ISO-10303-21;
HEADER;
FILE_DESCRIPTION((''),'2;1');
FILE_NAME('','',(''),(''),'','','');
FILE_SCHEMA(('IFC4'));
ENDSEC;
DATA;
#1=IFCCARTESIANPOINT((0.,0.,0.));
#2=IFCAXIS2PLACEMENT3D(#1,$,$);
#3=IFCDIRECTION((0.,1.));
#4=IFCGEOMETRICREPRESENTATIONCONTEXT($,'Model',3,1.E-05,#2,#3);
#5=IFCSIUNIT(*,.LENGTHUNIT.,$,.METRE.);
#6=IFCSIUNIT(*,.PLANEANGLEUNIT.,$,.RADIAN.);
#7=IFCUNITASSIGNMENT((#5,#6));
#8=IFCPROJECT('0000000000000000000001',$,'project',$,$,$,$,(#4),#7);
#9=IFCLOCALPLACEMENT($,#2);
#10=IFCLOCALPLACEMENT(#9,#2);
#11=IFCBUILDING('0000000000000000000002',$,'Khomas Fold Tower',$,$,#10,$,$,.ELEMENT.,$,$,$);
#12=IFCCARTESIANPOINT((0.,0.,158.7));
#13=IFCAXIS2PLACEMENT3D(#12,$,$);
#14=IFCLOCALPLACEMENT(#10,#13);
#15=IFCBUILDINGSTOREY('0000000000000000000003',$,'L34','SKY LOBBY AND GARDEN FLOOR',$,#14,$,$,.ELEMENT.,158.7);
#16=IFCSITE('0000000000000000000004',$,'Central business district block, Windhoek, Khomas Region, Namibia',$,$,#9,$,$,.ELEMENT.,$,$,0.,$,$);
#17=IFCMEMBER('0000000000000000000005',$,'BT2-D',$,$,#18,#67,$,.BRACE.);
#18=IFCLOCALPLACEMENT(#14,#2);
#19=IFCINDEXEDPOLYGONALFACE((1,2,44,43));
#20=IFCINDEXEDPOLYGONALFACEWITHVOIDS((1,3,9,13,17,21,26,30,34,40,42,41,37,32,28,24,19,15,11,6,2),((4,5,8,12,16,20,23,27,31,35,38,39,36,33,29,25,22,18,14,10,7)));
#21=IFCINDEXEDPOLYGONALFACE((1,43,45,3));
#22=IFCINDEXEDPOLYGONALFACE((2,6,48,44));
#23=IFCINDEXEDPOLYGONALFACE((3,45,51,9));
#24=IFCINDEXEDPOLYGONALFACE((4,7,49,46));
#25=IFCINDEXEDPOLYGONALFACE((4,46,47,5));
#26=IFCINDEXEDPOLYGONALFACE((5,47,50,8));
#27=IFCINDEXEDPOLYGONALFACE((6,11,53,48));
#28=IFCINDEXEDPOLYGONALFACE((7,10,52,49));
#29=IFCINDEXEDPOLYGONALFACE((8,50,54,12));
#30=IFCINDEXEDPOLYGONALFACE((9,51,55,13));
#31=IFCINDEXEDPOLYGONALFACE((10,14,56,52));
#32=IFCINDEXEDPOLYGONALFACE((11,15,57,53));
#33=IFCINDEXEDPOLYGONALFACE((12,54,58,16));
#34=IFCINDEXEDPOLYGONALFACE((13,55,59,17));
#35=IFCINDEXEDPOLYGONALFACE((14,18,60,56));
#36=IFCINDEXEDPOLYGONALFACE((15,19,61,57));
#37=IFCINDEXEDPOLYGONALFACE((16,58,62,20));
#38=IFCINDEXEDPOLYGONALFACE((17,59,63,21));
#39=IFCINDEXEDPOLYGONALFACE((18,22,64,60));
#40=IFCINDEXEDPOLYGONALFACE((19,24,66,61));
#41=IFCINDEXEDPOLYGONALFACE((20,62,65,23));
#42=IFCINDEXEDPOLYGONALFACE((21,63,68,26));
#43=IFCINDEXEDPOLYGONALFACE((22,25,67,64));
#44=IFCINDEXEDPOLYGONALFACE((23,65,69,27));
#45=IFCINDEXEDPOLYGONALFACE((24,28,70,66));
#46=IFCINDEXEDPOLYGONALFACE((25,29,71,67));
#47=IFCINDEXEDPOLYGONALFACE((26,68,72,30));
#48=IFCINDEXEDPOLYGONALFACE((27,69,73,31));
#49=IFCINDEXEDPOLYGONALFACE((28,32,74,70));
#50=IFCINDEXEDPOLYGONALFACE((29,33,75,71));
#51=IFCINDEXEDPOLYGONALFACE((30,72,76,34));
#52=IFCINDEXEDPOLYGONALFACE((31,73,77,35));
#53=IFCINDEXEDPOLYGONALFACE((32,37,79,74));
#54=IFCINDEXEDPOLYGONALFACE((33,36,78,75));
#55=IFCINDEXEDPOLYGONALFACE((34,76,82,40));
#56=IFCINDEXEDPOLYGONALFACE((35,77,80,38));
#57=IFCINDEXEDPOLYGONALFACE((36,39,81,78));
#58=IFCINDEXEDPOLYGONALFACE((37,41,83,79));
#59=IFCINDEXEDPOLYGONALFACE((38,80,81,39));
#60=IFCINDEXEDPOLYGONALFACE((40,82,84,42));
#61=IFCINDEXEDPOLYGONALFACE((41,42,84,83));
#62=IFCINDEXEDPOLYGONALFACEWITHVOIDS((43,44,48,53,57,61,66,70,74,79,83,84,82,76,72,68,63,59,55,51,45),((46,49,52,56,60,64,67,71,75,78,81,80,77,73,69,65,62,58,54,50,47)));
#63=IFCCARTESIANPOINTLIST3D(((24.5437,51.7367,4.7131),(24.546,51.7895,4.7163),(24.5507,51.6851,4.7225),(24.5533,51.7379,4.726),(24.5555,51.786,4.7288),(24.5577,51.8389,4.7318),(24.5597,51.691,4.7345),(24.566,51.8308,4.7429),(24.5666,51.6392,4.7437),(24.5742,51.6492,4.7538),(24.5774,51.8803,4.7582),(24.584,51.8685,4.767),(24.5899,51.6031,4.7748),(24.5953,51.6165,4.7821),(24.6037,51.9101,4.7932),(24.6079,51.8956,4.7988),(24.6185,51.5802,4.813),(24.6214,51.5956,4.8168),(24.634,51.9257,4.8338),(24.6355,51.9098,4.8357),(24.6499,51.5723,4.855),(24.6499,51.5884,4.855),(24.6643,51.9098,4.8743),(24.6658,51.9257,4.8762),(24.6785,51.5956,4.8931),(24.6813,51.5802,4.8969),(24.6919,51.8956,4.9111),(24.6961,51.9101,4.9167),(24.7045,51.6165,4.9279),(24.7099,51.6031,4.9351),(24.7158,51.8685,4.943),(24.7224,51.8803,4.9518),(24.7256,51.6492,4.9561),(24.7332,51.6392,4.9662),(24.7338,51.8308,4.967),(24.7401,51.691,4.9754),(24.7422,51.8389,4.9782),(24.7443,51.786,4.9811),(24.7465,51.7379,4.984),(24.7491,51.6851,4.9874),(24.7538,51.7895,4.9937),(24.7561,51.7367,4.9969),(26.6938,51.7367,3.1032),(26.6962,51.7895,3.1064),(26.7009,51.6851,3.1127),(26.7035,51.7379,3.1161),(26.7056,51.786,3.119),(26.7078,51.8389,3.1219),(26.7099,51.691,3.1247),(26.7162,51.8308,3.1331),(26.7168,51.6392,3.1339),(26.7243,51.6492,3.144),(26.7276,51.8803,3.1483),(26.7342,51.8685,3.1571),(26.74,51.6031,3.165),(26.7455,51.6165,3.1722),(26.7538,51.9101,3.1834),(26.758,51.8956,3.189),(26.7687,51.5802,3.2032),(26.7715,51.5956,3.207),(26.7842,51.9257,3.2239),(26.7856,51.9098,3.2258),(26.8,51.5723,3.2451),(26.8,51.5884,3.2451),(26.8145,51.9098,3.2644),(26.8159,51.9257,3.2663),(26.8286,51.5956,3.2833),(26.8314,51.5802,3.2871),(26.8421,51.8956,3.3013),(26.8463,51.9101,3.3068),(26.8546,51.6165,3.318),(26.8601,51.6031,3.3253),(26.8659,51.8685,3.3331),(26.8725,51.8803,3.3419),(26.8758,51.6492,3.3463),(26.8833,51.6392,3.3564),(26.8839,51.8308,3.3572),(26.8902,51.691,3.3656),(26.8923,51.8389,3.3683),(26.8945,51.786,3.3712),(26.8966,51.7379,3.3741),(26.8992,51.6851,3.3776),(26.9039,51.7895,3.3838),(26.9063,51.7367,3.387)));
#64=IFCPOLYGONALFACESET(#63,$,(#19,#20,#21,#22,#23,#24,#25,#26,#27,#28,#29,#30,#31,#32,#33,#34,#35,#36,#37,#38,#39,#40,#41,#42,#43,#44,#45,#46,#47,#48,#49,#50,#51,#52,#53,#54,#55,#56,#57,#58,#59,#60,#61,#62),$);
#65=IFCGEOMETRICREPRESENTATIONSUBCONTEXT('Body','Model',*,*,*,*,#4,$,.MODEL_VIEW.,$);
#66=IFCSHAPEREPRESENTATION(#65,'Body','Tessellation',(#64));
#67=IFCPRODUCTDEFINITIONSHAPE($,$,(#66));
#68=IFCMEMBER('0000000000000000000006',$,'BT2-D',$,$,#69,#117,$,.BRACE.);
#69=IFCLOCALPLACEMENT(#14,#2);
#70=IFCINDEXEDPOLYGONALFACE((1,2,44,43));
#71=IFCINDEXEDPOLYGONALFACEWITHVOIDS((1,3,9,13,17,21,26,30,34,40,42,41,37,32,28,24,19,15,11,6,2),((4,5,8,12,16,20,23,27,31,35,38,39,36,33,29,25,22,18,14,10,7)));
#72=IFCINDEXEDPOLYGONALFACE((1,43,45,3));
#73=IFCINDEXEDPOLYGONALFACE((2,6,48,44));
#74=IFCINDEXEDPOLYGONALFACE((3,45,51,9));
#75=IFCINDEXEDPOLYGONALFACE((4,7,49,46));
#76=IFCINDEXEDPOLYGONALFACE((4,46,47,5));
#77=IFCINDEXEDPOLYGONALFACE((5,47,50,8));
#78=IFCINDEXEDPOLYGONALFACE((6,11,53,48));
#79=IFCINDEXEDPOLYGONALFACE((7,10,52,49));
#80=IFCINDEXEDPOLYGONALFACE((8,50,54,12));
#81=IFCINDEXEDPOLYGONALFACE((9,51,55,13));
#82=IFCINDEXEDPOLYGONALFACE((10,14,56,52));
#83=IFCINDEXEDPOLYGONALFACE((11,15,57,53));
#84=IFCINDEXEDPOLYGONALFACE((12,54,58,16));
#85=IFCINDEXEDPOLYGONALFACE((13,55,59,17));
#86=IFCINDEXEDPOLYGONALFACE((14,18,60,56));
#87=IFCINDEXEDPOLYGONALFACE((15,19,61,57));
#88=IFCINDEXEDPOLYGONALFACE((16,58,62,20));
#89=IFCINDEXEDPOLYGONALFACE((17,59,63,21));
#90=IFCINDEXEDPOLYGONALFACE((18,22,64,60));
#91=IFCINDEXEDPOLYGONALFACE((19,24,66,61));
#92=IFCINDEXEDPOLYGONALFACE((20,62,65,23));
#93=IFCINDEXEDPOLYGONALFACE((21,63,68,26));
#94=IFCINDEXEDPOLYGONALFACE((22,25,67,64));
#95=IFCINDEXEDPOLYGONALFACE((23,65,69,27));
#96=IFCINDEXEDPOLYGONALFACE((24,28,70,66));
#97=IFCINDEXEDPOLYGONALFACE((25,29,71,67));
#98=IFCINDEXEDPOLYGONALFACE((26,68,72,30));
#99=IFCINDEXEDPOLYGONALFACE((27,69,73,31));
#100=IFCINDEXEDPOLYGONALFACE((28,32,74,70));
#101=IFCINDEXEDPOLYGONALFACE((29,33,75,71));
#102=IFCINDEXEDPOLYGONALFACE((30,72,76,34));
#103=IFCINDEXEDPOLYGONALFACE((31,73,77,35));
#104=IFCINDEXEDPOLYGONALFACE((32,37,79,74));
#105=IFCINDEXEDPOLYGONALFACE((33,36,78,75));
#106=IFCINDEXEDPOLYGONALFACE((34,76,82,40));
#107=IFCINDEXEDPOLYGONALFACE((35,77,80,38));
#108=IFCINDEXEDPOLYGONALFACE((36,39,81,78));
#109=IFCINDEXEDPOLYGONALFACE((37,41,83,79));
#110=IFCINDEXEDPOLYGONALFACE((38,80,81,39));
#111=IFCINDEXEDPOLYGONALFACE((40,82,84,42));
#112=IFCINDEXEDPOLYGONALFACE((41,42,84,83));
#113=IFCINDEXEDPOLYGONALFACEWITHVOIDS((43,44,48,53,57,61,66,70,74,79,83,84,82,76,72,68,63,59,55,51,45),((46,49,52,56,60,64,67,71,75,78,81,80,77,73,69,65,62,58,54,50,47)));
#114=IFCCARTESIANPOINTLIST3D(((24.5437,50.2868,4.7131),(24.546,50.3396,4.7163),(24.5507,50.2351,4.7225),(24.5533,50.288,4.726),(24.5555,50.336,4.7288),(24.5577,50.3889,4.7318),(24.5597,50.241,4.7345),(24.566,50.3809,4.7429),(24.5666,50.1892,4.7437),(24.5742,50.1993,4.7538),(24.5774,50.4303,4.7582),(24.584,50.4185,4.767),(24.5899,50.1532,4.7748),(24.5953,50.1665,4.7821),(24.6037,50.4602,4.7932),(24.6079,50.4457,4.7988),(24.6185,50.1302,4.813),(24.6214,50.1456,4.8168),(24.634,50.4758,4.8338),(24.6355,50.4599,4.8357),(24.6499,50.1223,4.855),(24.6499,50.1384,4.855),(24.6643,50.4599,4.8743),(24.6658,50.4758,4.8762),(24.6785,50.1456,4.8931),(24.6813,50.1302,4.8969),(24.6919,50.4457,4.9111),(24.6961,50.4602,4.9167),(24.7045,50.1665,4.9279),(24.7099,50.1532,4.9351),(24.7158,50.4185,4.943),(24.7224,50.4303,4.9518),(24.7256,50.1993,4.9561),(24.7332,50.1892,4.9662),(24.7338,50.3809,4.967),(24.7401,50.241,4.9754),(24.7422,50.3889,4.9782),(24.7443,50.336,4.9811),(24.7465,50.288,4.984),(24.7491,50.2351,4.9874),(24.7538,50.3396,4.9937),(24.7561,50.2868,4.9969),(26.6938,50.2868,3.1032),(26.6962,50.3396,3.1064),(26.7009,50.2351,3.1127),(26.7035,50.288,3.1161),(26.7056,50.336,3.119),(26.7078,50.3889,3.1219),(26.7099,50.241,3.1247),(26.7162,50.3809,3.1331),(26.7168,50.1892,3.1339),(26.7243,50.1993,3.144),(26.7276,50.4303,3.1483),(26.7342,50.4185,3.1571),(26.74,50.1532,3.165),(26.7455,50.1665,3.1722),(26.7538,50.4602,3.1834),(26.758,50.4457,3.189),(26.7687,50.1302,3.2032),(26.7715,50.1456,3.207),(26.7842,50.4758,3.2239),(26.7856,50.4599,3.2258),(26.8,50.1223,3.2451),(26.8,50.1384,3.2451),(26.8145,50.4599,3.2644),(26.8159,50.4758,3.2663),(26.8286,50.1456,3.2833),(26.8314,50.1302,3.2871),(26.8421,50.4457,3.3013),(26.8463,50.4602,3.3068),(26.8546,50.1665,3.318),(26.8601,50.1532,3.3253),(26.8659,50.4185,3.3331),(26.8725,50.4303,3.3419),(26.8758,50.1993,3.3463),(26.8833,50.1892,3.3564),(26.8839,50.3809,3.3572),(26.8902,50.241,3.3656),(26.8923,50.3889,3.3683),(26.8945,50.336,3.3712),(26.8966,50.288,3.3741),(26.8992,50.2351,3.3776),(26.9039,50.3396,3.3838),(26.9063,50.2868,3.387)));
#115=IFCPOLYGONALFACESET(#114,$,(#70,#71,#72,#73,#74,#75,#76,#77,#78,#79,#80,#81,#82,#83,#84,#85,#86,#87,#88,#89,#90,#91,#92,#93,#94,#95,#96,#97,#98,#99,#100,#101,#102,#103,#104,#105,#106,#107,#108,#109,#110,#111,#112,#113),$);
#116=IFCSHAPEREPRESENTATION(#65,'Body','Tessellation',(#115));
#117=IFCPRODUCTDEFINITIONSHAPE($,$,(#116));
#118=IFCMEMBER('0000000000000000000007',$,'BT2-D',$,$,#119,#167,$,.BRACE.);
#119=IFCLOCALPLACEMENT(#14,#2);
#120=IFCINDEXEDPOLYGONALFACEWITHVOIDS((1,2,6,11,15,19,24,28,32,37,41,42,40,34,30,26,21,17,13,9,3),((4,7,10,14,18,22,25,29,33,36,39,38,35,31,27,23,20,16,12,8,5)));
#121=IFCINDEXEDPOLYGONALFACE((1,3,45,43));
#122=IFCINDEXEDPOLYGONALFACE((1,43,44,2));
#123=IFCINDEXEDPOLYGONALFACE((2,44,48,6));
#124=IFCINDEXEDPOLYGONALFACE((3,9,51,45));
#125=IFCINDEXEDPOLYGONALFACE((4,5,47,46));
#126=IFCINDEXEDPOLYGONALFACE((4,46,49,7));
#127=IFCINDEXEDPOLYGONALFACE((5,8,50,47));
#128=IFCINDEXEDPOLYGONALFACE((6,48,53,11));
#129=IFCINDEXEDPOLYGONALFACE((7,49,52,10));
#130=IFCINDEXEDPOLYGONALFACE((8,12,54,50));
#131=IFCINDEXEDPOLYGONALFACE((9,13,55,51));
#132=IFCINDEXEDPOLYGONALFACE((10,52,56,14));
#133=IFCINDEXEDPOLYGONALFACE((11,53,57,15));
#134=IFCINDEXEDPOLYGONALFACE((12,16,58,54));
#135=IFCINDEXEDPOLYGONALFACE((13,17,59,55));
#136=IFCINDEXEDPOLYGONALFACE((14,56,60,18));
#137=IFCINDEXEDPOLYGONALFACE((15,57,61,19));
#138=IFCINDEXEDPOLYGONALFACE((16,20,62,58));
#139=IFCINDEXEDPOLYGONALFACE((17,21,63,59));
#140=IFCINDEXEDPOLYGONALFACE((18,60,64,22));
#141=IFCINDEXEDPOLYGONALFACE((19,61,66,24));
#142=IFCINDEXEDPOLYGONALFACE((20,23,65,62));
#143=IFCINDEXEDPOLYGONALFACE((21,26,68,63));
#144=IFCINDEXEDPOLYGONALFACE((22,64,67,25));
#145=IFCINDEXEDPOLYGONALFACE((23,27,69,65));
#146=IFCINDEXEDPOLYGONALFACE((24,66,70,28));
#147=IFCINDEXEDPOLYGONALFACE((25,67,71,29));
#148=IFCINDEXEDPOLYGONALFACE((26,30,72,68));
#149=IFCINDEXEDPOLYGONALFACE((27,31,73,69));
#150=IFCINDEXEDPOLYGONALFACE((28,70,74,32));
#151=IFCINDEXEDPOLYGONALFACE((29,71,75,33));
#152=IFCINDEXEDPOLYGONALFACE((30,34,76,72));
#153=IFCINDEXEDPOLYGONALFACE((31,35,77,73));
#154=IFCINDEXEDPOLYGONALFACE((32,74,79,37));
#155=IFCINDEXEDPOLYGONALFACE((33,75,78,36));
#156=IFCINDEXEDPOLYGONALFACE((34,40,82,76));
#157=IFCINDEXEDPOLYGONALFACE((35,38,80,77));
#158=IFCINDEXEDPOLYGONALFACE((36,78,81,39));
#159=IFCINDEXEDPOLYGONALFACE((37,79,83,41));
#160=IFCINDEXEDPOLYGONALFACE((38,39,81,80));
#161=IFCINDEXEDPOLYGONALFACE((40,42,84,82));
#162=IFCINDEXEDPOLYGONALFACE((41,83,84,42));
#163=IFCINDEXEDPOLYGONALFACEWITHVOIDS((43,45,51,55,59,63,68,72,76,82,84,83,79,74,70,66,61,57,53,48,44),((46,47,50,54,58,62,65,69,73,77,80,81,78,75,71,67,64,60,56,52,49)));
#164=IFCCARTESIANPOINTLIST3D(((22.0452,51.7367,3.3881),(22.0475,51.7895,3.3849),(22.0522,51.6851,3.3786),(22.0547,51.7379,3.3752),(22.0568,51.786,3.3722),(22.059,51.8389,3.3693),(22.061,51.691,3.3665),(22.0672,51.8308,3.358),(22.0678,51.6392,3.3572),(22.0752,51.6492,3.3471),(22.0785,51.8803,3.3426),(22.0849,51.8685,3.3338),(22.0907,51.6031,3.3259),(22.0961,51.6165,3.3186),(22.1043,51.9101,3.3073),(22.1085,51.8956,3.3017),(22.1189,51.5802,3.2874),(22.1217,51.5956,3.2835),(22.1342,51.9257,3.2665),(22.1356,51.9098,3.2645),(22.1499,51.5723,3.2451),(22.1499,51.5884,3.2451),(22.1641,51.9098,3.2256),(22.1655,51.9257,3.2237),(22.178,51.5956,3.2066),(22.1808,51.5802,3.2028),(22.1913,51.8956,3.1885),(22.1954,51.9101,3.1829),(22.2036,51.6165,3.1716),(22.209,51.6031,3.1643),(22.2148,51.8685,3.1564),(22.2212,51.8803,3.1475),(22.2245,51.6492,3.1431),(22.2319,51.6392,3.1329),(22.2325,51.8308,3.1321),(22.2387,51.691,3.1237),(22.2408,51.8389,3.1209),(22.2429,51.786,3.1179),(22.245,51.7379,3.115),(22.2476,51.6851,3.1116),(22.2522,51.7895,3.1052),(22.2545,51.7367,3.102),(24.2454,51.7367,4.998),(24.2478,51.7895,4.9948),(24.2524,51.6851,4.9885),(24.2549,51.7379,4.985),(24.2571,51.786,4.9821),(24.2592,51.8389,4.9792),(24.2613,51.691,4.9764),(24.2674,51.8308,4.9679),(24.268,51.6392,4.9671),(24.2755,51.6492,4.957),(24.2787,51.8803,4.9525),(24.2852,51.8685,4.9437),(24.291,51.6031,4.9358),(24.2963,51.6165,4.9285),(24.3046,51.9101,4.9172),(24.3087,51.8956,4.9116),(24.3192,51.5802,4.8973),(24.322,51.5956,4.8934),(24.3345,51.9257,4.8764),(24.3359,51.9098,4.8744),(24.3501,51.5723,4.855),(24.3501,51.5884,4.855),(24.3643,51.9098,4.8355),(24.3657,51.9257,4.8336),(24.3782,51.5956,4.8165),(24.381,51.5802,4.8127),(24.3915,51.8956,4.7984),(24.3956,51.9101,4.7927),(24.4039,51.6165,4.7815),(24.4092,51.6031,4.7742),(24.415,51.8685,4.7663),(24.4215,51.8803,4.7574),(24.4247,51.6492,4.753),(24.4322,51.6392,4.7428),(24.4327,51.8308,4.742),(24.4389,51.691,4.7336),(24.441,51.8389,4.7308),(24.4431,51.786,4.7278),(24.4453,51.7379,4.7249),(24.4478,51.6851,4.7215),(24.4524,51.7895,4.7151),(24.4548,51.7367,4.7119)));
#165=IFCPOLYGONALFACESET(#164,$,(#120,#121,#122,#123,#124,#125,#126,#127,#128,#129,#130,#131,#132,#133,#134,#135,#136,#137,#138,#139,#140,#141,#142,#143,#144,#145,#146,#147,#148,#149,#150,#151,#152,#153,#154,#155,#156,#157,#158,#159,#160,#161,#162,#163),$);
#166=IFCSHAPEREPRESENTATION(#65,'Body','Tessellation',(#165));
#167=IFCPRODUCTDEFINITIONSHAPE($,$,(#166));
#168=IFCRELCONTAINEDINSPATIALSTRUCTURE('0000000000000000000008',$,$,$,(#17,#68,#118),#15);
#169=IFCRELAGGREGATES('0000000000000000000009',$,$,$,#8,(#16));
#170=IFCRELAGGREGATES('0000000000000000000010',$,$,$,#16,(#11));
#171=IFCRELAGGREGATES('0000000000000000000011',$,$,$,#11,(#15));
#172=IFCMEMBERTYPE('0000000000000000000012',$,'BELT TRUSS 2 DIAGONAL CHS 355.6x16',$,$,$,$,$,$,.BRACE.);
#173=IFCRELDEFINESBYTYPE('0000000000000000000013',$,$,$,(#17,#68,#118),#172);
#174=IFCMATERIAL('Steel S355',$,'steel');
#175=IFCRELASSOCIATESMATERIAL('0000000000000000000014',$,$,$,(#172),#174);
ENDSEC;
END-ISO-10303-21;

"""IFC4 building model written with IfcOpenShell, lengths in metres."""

from ifc_helpers import new_model, si_unit, direction, frame, origin, origin_2d, place, context, subcontext, project, spatial, hollow_circle, extrude, source, transform, mapped, material, material_profile, profile_set, type_object, element, save


model = new_model("IFC4")

# Units and contexts
model_context = context("Model", 3, precision=1e-05, world=origin(), true_north=direction((0.0, 1.0)))
body_context = subcontext(model_context, "Body", "Model", "MODEL_VIEW")
ifc_project = project(units=[si_unit("LENGTHUNIT", "METRE"), si_unit("PLANEANGLEUNIT", "RADIAN")], contexts=[model_context])

# Site, building, storey
site_placement = place(None, origin())
site = spatial("IfcSite", under=ifc_project, at=site_placement, Name="Central business district block, Windhoek, Khomas Region, Namibia", CompositionType="ELEMENT", RefElevation=0.0)
building_placement = place(site_placement, origin())
building = spatial("IfcBuilding", under=site, at=building_placement, Name="Khomas Fold Tower", CompositionType="ELEMENT")
storey_placement = place(building_placement, frame((0.0, 0.0, 158.7)))
storey = spatial("IfcBuildingStorey", under=building, at=storey_placement, Name="L34", Description="SKY LOBBY AND GARDEN FLOOR", CompositionType="ELEMENT", Elevation=158.7)

# Members
ifc_material_1 = material(Name="Steel S355", Category="steel")
ifc_material_profile_1 = material_profile(ifc_material_1, hollow_circle(Radius=0.1777, WallThickness=0.0161, at=origin_2d()), Name="CHS 355.6x16")
ifc_profile_set_1 = profile_set([ifc_material_profile_1], Name="Steel S355")
member_type_1 = type_object("IfcMemberType", Name="BELT TRUSS 2 DIAGONAL CHS 355.6x16", PredefinedType="BRACE", material=ifc_profile_set_1)
shared_shape_1 = source(origin(), body_context, "Body", "SweptSolid", [
    extrude(hollow_circle(Radius=0.1777, WallThickness=0.0161, at=origin_2d()), origin(), (0.0, 0.0, 1.0), 2.686),
])
for number, where, z_axis, x_axis, name in (
    (1, (26.8, 51.75, 3.2451), (-0.800491, 0.0, 0.599345), (0.0, -1.0, 0.0), "BT2-D"),
    (2, (26.8, 50.3, 3.2451), (-0.800491, 0.0, 0.599345), (0.0, -1.0, 0.0), "BT2-D"),
):
    element("IfcMember", number, at=place(storey_placement, frame(where, z_axis=z_axis, x_axis=x_axis)), inside=storey, type_object=member_type_1, Name=name, PredefinedType="BRACE", context=body_context, shape_type="MappedRepresentation", body=[
        mapped(shared_shape_1, transform((0.0, 0.0, 0.0))),
    ])
shared_shape_2 = source(origin(), body_context, "Body", "SweptSolid", [
    extrude(hollow_circle(Radius=0.1777, WallThickness=0.0161, at=origin_2d()), origin(), (0.0, 0.0, 1.0), 2.7263),
])
for number, where, z_axis, x_axis, name in (
    (3, (24.3501, 51.75, 4.855), (-0.807037, 0.0, -0.590501), (0.0, -1.0, 0.0), "BT2-D"),
):
    element("IfcMember", number, at=place(storey_placement, frame(where, z_axis=z_axis, x_axis=x_axis)), inside=storey, type_object=member_type_1, Name=name, PredefinedType="BRACE", context=body_context, shape_type="MappedRepresentation", body=[
        mapped(shared_shape_2, transform((0.0, 0.0, 0.0))),
    ])

save(model, "model.ifc")
